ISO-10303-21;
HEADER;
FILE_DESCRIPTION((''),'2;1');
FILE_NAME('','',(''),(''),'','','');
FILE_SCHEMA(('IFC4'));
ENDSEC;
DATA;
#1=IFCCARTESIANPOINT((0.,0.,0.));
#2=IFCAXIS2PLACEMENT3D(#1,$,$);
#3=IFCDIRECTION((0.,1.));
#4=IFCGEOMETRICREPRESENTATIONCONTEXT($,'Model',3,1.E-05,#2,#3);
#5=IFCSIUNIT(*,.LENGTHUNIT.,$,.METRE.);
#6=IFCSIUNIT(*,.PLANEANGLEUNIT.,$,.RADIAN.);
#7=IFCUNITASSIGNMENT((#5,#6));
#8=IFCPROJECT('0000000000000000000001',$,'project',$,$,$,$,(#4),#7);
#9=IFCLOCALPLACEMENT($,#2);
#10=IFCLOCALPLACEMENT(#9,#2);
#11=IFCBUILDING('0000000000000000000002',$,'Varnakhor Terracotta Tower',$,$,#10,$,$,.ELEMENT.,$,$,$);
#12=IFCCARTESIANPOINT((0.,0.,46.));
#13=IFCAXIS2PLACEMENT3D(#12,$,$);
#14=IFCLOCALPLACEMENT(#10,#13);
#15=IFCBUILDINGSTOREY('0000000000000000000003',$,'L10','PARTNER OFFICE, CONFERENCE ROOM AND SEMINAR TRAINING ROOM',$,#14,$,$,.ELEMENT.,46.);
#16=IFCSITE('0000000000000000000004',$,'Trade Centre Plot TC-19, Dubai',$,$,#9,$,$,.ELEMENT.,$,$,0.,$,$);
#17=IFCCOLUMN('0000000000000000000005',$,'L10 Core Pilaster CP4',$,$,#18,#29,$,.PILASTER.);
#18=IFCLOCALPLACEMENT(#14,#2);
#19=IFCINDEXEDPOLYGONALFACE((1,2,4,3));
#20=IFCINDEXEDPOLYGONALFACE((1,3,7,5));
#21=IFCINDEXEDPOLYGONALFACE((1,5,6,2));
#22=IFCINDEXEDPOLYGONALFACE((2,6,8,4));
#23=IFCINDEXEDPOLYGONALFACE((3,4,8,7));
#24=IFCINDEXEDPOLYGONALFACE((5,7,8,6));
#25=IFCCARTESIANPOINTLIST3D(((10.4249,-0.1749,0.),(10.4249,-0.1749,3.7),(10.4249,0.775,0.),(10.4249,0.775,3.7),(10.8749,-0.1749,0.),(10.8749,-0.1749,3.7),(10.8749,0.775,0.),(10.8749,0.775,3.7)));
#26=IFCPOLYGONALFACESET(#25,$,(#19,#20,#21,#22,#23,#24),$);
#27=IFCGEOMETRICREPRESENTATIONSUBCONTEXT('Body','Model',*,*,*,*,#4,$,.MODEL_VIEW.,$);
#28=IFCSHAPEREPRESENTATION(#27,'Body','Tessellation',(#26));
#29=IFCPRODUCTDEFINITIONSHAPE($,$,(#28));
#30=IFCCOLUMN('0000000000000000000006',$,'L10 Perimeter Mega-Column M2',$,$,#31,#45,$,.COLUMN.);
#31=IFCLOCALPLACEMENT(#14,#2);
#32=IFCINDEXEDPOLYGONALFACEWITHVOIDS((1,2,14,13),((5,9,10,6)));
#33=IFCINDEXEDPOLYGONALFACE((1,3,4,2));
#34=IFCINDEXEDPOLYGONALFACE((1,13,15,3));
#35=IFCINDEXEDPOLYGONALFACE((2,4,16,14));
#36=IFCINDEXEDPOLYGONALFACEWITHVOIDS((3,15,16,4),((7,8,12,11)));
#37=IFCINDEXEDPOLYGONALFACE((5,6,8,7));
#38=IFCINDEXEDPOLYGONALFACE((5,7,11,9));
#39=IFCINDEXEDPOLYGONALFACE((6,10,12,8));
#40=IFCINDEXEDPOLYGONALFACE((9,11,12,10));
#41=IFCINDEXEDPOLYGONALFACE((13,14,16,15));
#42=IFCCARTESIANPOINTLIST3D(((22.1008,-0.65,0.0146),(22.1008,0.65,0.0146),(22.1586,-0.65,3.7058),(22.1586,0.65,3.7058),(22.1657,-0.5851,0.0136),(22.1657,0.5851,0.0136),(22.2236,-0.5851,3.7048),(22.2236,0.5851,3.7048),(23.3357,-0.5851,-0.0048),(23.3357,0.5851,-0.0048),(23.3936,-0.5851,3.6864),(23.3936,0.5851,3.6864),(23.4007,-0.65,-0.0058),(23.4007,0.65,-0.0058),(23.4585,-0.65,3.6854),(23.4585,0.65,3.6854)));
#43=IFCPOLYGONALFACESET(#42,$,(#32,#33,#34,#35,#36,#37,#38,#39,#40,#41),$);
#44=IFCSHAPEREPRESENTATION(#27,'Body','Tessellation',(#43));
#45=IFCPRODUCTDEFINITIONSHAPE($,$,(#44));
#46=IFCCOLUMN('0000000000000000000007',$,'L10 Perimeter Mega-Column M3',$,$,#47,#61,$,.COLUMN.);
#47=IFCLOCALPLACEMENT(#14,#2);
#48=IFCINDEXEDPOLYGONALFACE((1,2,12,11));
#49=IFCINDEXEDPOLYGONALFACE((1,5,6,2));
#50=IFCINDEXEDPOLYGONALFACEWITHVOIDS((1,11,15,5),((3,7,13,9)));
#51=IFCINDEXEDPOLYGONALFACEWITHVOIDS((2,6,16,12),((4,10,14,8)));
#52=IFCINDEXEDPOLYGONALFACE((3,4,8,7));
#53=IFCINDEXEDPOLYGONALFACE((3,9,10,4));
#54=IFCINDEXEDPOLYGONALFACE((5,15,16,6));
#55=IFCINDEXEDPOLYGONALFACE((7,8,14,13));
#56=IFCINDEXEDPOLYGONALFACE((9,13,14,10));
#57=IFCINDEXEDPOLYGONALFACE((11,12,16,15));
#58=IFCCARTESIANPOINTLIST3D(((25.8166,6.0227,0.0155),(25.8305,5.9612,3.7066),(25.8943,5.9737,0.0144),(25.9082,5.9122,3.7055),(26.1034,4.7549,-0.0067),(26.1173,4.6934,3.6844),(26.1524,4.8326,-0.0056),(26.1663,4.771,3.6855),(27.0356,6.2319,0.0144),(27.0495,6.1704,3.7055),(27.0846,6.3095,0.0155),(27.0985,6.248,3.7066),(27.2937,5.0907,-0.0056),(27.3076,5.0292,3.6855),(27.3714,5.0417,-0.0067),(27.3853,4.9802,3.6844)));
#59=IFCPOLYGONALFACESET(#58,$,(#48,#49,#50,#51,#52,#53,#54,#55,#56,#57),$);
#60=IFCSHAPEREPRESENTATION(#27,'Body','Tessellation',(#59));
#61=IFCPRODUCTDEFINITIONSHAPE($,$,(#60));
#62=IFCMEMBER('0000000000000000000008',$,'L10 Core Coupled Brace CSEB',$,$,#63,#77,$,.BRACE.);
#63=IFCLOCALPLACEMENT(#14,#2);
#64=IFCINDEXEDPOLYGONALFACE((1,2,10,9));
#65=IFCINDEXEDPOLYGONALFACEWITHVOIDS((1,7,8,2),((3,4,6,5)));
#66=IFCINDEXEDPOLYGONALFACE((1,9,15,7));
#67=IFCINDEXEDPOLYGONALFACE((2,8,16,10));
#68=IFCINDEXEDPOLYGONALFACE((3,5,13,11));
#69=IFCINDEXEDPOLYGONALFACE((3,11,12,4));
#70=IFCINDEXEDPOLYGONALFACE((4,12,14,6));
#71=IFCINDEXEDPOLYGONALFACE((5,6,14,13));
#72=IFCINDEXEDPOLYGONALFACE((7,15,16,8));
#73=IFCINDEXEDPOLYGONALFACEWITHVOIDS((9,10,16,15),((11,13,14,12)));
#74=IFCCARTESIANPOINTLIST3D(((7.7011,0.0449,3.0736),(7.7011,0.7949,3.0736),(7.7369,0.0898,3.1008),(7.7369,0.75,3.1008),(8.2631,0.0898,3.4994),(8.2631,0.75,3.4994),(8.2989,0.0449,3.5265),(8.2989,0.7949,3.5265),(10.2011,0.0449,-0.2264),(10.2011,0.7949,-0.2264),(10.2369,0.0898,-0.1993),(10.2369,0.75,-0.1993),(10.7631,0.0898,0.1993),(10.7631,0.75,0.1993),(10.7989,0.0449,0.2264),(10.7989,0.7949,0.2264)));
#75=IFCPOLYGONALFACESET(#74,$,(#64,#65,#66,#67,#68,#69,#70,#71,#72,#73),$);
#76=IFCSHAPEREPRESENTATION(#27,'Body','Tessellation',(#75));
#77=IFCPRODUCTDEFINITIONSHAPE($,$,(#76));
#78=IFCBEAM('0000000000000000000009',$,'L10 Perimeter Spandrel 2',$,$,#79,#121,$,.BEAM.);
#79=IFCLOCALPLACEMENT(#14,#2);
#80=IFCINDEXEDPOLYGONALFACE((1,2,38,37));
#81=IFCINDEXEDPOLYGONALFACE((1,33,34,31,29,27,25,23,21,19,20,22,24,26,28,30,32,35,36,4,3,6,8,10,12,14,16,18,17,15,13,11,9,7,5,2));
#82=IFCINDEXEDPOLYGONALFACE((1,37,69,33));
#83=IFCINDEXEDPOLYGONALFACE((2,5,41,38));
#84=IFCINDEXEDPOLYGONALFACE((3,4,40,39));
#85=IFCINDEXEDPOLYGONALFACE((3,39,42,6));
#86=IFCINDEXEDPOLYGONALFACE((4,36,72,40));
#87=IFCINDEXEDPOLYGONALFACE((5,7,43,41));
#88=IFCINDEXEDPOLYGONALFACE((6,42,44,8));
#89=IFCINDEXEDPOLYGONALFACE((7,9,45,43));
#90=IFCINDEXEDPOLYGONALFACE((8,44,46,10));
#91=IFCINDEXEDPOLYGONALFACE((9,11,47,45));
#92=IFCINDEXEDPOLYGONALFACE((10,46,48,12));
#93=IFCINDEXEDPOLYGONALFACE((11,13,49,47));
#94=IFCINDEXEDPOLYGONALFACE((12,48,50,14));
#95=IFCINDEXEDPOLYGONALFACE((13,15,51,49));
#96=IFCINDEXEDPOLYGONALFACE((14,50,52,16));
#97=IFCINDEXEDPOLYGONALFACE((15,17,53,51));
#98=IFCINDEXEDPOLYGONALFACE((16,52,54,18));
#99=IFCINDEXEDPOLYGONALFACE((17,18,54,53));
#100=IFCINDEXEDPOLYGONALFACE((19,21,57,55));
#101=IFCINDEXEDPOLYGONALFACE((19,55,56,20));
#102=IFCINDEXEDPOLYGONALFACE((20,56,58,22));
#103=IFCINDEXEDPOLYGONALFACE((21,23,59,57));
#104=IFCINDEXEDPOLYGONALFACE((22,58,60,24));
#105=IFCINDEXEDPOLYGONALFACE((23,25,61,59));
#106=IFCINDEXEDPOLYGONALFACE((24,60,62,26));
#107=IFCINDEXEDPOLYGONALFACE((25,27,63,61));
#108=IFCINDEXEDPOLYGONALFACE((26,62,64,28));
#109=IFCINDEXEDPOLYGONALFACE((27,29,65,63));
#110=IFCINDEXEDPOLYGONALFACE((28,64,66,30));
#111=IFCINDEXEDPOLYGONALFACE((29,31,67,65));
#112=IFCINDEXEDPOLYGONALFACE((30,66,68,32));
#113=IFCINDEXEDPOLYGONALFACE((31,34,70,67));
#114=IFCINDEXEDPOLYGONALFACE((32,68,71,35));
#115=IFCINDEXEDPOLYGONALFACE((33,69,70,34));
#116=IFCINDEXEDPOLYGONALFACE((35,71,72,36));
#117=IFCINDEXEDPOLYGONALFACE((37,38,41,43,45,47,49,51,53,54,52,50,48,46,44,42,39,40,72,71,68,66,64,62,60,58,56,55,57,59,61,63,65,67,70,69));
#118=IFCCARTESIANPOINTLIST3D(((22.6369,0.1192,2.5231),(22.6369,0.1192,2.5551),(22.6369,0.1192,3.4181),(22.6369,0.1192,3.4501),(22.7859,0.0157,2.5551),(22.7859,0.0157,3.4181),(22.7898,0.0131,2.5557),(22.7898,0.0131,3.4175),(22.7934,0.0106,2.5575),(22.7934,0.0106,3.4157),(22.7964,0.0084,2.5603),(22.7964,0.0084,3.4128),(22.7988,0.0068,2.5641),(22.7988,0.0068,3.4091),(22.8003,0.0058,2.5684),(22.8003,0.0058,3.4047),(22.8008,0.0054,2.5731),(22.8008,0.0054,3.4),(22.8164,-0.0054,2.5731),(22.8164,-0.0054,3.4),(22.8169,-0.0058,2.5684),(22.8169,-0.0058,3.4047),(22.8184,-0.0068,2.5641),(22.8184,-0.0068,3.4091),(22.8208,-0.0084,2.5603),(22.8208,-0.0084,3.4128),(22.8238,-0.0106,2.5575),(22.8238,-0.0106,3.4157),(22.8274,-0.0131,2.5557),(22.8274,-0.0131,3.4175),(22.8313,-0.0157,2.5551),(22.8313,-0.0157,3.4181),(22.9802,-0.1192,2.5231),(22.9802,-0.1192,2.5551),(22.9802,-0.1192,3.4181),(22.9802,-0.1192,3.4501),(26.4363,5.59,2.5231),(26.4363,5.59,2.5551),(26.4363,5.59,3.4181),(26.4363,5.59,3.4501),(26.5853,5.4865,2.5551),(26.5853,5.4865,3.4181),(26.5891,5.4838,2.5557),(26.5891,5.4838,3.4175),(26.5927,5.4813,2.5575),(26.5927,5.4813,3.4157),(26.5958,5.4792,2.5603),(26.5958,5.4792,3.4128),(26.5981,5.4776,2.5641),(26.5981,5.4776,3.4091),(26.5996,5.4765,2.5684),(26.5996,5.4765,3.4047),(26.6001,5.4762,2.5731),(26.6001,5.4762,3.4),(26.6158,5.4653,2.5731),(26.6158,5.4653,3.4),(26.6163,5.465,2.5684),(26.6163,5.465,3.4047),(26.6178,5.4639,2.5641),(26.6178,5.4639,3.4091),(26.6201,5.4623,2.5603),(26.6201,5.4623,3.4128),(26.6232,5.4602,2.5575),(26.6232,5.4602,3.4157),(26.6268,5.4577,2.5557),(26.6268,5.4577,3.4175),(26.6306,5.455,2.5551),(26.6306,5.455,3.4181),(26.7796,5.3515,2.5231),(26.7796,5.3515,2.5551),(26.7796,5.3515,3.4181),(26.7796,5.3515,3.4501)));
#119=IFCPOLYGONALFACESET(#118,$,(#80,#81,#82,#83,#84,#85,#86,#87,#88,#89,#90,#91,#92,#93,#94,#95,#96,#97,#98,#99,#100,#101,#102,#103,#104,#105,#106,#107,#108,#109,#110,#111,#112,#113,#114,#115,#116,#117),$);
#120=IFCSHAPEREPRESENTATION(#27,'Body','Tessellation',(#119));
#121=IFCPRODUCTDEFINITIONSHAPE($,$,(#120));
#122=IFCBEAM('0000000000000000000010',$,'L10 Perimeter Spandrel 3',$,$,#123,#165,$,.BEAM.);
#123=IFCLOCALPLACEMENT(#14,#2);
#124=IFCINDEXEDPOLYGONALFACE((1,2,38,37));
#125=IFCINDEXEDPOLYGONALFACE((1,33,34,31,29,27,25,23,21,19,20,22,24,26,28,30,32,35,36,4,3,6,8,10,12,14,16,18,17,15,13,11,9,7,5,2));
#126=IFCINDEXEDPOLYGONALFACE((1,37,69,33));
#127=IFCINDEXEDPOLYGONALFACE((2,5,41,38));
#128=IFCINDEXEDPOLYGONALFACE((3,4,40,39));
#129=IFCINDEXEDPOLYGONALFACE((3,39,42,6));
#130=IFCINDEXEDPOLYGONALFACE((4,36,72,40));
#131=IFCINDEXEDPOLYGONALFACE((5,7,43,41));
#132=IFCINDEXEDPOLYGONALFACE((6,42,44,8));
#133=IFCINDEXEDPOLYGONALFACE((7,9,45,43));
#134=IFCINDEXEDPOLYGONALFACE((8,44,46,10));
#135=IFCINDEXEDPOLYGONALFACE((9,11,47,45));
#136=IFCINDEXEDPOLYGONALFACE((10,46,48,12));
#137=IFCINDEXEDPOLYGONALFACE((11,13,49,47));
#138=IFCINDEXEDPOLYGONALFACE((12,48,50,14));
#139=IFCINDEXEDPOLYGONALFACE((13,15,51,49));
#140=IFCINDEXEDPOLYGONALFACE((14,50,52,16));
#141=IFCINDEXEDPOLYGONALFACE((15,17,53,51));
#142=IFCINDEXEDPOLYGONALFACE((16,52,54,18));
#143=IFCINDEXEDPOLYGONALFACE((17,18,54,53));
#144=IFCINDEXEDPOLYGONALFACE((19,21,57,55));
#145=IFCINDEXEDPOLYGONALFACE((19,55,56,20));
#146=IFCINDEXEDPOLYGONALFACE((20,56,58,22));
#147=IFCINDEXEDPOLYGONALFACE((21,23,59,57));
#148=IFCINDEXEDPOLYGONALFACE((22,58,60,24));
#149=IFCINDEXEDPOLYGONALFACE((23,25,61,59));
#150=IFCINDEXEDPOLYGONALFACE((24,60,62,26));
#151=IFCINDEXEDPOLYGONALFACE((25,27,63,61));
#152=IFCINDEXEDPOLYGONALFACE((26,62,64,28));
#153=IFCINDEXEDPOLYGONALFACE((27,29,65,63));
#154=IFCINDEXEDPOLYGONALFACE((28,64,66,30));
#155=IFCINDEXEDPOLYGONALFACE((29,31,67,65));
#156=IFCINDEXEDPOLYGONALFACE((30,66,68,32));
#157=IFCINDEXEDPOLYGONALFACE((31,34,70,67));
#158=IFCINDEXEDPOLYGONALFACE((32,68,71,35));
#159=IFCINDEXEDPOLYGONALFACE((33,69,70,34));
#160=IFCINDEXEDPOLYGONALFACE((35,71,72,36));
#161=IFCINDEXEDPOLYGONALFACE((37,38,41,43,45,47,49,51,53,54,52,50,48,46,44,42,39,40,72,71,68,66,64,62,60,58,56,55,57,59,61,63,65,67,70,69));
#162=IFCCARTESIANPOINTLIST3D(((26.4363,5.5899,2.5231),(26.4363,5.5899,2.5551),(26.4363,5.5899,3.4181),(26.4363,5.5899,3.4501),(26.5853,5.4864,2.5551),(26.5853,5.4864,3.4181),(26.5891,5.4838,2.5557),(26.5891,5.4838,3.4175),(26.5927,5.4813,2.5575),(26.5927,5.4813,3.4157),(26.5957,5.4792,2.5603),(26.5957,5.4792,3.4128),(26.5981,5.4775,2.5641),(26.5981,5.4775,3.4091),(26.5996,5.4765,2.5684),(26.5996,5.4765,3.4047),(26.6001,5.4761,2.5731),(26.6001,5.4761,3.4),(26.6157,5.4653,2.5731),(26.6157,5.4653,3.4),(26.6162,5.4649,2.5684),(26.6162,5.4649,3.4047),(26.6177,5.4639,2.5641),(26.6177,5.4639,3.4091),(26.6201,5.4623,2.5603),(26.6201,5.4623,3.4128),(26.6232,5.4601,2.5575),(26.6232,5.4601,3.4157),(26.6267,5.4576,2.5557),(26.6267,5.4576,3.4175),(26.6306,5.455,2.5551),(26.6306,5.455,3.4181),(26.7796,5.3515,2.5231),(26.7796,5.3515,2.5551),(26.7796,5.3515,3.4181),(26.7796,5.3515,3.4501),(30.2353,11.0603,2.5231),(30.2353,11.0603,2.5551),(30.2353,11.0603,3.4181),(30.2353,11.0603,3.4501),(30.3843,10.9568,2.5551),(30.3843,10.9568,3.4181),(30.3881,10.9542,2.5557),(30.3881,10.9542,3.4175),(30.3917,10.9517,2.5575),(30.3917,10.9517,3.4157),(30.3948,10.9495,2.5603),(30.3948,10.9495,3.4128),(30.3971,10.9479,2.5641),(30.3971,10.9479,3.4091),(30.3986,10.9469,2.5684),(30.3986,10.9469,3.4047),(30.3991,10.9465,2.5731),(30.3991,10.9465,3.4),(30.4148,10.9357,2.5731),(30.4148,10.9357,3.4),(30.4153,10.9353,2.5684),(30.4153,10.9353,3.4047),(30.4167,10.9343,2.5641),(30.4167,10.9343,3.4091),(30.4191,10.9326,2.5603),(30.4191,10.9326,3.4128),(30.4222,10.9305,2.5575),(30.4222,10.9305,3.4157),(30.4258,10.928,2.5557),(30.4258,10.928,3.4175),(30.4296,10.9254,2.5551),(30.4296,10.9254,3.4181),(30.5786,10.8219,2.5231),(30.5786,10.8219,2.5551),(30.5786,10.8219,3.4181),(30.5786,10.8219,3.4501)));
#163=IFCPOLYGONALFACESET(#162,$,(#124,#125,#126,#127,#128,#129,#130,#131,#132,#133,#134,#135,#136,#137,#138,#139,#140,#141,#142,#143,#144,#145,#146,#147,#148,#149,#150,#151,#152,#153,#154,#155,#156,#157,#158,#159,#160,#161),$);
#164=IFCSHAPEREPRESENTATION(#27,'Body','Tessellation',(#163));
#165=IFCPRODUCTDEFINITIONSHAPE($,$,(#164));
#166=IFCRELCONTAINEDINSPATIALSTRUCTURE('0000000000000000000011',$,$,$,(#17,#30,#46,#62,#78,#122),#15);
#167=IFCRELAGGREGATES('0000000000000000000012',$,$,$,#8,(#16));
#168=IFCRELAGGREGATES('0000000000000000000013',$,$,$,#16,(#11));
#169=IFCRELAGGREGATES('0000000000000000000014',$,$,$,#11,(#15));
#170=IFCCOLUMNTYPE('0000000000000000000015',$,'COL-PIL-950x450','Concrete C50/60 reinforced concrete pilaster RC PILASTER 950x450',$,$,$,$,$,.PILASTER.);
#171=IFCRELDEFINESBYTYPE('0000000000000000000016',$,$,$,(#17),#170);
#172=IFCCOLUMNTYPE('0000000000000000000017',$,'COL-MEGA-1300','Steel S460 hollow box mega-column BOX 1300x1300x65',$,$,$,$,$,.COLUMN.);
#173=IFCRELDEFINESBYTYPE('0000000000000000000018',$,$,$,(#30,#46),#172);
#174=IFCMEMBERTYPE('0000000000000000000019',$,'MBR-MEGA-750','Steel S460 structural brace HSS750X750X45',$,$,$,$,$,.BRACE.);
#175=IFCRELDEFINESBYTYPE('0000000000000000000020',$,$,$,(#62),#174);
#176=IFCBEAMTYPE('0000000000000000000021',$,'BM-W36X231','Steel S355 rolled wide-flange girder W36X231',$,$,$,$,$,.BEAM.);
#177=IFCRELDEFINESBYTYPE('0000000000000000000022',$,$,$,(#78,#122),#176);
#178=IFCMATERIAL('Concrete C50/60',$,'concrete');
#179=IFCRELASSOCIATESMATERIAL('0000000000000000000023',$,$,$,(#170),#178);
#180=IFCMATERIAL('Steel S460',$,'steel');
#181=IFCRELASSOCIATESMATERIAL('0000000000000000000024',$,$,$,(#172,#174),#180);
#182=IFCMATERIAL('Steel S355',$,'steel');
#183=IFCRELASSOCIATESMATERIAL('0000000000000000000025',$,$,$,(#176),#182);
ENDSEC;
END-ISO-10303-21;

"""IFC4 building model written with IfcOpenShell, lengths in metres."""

from ifc_helpers import new_model, si_unit, direction, frame, origin, origin_2d, place, context, subcontext, project, spatial, rectangle, hollow_rectangle, i_section, extrude, source, transform, mapped, material, material_profile, profile_set, type_object, type_shapes, element, save


model = new_model("IFC4")

# Units and contexts
model_context = context("Model", 3, precision=1e-05, world=origin(), true_north=direction((0.0, 1.0)))
body_context = subcontext(model_context, "Body", "Model", "MODEL_VIEW")
ifc_project = project(units=[si_unit("LENGTHUNIT", "METRE"), si_unit("PLANEANGLEUNIT", "RADIAN")], contexts=[model_context])

# Site, building, storey
site_placement = place(None, origin())
site = spatial("IfcSite", under=ifc_project, at=site_placement, Name="Trade Centre Plot TC-19, Dubai", CompositionType="ELEMENT", RefElevation=0.0)
building_placement = place(site_placement, origin())
building = spatial("IfcBuilding", under=site, at=building_placement, Name="Varnakhor Terracotta Tower", CompositionType="ELEMENT")
storey_placement = place(building_placement, frame((0.0, 0.0, 46.0)))
storey = spatial("IfcBuildingStorey", under=building, at=storey_placement, Name="L10", Description="PARTNER OFFICE, CONFERENCE ROOM AND SEMINAR TRAINING ROOM", CompositionType="ELEMENT", Elevation=46.0)

# Columns
ifc_material_1 = material(Name="Concrete C50/60", Category="concrete")
ifc_material_profile_1 = material_profile(ifc_material_1, rectangle(XDim=0.45, YDim=0.95, at=origin_2d()), Name="RC PILASTER 950x450")
ifc_profile_set_1 = profile_set([ifc_material_profile_1], Name="Concrete C50/60")
column_type_1 = type_object("IfcColumnType", Name="COL-PIL-950x450", Description="Concrete C50/60 reinforced concrete pilaster RC PILASTER 950x450", PredefinedType="PILASTER", material=ifc_profile_set_1)
shared_shape_1 = source(origin(), body_context, "Body", "SweptSolid", [
    extrude(rectangle(XDim=0.45, YDim=0.95, at=origin_2d()), origin(), (0.0, 0.0, 1.0), 3.7),
])
column_placement = place(storey_placement, frame((10.6499, 0.3, 0.0), z_axis=(0.0, 0.0, 1.0), x_axis=(1.0, 0.0, 0.0)))
element("IfcColumn", 1, at=column_placement, inside=storey, type_object=column_type_1, Name="L10 Core Pilaster CP4", PredefinedType="PILASTER", context=body_context, shape_type="MappedRepresentation", body=[
    mapped(shared_shape_1, transform((0.0, 0.0, 0.0), scale=1.0)),
])
ifc_material_2 = material(Name="Steel S460", Category="steel")
ifc_material_profile_2 = material_profile(ifc_material_2, hollow_rectangle(XDim=1.3, YDim=1.3, WallThickness=0.0649, at=origin_2d()), Name="BOX 1300x1300x65")
ifc_profile_set_2 = profile_set([ifc_material_profile_2], Name="Steel S460")
column_type_2 = type_object("IfcColumnType", Name="COL-MEGA-1300", Description="Steel S460 hollow box mega-column BOX 1300x1300x65", PredefinedType="COLUMN", material=ifc_profile_set_2)
shared_shape_2 = source(origin(), body_context, "Body", "SweptSolid", [
    extrude(hollow_rectangle(XDim=1.3, YDim=1.3, WallThickness=0.0649, at=origin_2d()), origin(), (0.0, 0.0, 1.0), 3.6917),
])
for number, where, z_axis, x_axis, name in (
    (2, (22.7507, 0.0, 0.0044), (0.015674, 0.0, 0.999877), (0.0, 1.0, 0.0), "L10 Perimeter Mega-Column M2"),
    (3, (26.594, 5.5322, 0.0044), (0.00377, -0.016665, 0.999854), (0.97536, 0.220617, 0.0), "L10 Perimeter Mega-Column M3"),
):
    element("IfcColumn", number, at=place(storey_placement, frame(where, z_axis=z_axis, x_axis=x_axis)), inside=storey, type_object=column_type_2, Name=name, PredefinedType="COLUMN", context=body_context, shape_type="MappedRepresentation", body=[
        mapped(shared_shape_2, transform((0.0, 0.0, 0.0), scale=1.0)),
    ])

# Member
ifc_material_profile_3 = material_profile(ifc_material_2, hollow_rectangle(XDim=0.75, YDim=0.75, WallThickness=0.0449, at=origin_2d()), Name="HSS750X750X45")
ifc_profile_set_3 = profile_set([ifc_material_profile_3], Name="Steel S460")
member_type_1 = type_object("IfcMemberType", Name="MBR-MEGA-750", Description="Steel S460 structural brace HSS750X750X45", PredefinedType="BRACE", material=ifc_profile_set_3)
shared_shape_3 = source(origin(), body_context, "Body", "SweptSolid", [
    extrude(hollow_rectangle(XDim=0.75, YDim=0.75, WallThickness=0.0449, at=origin_2d()), origin(), (0.0, 0.0, 1.0), 4.1401),
])
type_shapes(member_type_1, [shared_shape_3])
member_1_placement = place(storey_placement, frame((10.5, 0.4199, 0.0), z_axis=(-0.603852, 0.0, 0.797096), x_axis=(0.0, -1.0, 0.0)))
element("IfcMember", 4, at=member_1_placement, inside=storey, type_object=member_type_1, Name="L10 Core Coupled Brace CSEB", PredefinedType="BRACE", context=body_context, shape_type="MappedRepresentation", body=[
    mapped(shared_shape_3, transform((0.0, 0.0, 0.0), scale=1.0)),
])

# Beams
ifc_material_3 = material(Name="Steel S355", Category="steel")
ifc_material_profile_4 = material_profile(ifc_material_3, i_section(OverallWidth=0.418, OverallDepth=0.927, WebThickness=0.019, FlangeThickness=0.032, FilletRadius=0.0181, at=origin_2d()), Name="W36X231")
ifc_profile_set_4 = profile_set([ifc_material_profile_4], Name="Steel S355")
beam_type_1 = type_object("IfcBeamType", Name="BM-W36X231", Description="Steel S355 rolled wide-flange girder W36X231", PredefinedType="BEAM", material=ifc_profile_set_4)
shared_shape_4 = source(origin(), body_context, "Body", "SweptSolid", [
    extrude(i_section(OverallWidth=0.418, OverallDepth=0.927, WebThickness=0.019, FlangeThickness=0.032, FilletRadius=0.0181, at=origin_2d()), origin(), (0.0, 0.0, 1.0), 6.6606),
])
beam_1_placement = place(storey_placement, frame((22.8086, 0.0, 2.9866), z_axis=(0.570418, 0.821355, 0.0), x_axis=(-0.821355, 0.570418, 0.0)))
element("IfcBeam", 5, at=beam_1_placement, inside=storey, type_object=beam_type_1, Name="L10 Perimeter Spandrel 2", PredefinedType="BEAM", context=body_context, shape_type="MappedRepresentation", body=[
    mapped(shared_shape_4, transform((0.0, 0.0, 0.0), scale=1.0)),
])
shared_shape_5 = source(origin(), body_context, "Body", "SweptSolid", [
    extrude(i_section(OverallWidth=0.418, OverallDepth=0.927, WebThickness=0.019, FlangeThickness=0.032, FilletRadius=0.0181, at=origin_2d()), origin(), (0.0, 0.0, 1.0), 6.6602),
])
beam_2_placement = place(storey_placement, frame((26.6079, 5.4707, 2.9866), z_axis=(0.57041, 0.82136, 0.0), x_axis=(-0.82136, 0.57041, 0.0)))
element("IfcBeam", 6, at=beam_2_placement, inside=storey, type_object=beam_type_1, Name="L10 Perimeter Spandrel 3", PredefinedType="BEAM", context=body_context, shape_type="MappedRepresentation", body=[
    mapped(shared_shape_5, transform((0.0, 0.0, 0.0), scale=1.0)),
])

save(model, "model.ifc")
